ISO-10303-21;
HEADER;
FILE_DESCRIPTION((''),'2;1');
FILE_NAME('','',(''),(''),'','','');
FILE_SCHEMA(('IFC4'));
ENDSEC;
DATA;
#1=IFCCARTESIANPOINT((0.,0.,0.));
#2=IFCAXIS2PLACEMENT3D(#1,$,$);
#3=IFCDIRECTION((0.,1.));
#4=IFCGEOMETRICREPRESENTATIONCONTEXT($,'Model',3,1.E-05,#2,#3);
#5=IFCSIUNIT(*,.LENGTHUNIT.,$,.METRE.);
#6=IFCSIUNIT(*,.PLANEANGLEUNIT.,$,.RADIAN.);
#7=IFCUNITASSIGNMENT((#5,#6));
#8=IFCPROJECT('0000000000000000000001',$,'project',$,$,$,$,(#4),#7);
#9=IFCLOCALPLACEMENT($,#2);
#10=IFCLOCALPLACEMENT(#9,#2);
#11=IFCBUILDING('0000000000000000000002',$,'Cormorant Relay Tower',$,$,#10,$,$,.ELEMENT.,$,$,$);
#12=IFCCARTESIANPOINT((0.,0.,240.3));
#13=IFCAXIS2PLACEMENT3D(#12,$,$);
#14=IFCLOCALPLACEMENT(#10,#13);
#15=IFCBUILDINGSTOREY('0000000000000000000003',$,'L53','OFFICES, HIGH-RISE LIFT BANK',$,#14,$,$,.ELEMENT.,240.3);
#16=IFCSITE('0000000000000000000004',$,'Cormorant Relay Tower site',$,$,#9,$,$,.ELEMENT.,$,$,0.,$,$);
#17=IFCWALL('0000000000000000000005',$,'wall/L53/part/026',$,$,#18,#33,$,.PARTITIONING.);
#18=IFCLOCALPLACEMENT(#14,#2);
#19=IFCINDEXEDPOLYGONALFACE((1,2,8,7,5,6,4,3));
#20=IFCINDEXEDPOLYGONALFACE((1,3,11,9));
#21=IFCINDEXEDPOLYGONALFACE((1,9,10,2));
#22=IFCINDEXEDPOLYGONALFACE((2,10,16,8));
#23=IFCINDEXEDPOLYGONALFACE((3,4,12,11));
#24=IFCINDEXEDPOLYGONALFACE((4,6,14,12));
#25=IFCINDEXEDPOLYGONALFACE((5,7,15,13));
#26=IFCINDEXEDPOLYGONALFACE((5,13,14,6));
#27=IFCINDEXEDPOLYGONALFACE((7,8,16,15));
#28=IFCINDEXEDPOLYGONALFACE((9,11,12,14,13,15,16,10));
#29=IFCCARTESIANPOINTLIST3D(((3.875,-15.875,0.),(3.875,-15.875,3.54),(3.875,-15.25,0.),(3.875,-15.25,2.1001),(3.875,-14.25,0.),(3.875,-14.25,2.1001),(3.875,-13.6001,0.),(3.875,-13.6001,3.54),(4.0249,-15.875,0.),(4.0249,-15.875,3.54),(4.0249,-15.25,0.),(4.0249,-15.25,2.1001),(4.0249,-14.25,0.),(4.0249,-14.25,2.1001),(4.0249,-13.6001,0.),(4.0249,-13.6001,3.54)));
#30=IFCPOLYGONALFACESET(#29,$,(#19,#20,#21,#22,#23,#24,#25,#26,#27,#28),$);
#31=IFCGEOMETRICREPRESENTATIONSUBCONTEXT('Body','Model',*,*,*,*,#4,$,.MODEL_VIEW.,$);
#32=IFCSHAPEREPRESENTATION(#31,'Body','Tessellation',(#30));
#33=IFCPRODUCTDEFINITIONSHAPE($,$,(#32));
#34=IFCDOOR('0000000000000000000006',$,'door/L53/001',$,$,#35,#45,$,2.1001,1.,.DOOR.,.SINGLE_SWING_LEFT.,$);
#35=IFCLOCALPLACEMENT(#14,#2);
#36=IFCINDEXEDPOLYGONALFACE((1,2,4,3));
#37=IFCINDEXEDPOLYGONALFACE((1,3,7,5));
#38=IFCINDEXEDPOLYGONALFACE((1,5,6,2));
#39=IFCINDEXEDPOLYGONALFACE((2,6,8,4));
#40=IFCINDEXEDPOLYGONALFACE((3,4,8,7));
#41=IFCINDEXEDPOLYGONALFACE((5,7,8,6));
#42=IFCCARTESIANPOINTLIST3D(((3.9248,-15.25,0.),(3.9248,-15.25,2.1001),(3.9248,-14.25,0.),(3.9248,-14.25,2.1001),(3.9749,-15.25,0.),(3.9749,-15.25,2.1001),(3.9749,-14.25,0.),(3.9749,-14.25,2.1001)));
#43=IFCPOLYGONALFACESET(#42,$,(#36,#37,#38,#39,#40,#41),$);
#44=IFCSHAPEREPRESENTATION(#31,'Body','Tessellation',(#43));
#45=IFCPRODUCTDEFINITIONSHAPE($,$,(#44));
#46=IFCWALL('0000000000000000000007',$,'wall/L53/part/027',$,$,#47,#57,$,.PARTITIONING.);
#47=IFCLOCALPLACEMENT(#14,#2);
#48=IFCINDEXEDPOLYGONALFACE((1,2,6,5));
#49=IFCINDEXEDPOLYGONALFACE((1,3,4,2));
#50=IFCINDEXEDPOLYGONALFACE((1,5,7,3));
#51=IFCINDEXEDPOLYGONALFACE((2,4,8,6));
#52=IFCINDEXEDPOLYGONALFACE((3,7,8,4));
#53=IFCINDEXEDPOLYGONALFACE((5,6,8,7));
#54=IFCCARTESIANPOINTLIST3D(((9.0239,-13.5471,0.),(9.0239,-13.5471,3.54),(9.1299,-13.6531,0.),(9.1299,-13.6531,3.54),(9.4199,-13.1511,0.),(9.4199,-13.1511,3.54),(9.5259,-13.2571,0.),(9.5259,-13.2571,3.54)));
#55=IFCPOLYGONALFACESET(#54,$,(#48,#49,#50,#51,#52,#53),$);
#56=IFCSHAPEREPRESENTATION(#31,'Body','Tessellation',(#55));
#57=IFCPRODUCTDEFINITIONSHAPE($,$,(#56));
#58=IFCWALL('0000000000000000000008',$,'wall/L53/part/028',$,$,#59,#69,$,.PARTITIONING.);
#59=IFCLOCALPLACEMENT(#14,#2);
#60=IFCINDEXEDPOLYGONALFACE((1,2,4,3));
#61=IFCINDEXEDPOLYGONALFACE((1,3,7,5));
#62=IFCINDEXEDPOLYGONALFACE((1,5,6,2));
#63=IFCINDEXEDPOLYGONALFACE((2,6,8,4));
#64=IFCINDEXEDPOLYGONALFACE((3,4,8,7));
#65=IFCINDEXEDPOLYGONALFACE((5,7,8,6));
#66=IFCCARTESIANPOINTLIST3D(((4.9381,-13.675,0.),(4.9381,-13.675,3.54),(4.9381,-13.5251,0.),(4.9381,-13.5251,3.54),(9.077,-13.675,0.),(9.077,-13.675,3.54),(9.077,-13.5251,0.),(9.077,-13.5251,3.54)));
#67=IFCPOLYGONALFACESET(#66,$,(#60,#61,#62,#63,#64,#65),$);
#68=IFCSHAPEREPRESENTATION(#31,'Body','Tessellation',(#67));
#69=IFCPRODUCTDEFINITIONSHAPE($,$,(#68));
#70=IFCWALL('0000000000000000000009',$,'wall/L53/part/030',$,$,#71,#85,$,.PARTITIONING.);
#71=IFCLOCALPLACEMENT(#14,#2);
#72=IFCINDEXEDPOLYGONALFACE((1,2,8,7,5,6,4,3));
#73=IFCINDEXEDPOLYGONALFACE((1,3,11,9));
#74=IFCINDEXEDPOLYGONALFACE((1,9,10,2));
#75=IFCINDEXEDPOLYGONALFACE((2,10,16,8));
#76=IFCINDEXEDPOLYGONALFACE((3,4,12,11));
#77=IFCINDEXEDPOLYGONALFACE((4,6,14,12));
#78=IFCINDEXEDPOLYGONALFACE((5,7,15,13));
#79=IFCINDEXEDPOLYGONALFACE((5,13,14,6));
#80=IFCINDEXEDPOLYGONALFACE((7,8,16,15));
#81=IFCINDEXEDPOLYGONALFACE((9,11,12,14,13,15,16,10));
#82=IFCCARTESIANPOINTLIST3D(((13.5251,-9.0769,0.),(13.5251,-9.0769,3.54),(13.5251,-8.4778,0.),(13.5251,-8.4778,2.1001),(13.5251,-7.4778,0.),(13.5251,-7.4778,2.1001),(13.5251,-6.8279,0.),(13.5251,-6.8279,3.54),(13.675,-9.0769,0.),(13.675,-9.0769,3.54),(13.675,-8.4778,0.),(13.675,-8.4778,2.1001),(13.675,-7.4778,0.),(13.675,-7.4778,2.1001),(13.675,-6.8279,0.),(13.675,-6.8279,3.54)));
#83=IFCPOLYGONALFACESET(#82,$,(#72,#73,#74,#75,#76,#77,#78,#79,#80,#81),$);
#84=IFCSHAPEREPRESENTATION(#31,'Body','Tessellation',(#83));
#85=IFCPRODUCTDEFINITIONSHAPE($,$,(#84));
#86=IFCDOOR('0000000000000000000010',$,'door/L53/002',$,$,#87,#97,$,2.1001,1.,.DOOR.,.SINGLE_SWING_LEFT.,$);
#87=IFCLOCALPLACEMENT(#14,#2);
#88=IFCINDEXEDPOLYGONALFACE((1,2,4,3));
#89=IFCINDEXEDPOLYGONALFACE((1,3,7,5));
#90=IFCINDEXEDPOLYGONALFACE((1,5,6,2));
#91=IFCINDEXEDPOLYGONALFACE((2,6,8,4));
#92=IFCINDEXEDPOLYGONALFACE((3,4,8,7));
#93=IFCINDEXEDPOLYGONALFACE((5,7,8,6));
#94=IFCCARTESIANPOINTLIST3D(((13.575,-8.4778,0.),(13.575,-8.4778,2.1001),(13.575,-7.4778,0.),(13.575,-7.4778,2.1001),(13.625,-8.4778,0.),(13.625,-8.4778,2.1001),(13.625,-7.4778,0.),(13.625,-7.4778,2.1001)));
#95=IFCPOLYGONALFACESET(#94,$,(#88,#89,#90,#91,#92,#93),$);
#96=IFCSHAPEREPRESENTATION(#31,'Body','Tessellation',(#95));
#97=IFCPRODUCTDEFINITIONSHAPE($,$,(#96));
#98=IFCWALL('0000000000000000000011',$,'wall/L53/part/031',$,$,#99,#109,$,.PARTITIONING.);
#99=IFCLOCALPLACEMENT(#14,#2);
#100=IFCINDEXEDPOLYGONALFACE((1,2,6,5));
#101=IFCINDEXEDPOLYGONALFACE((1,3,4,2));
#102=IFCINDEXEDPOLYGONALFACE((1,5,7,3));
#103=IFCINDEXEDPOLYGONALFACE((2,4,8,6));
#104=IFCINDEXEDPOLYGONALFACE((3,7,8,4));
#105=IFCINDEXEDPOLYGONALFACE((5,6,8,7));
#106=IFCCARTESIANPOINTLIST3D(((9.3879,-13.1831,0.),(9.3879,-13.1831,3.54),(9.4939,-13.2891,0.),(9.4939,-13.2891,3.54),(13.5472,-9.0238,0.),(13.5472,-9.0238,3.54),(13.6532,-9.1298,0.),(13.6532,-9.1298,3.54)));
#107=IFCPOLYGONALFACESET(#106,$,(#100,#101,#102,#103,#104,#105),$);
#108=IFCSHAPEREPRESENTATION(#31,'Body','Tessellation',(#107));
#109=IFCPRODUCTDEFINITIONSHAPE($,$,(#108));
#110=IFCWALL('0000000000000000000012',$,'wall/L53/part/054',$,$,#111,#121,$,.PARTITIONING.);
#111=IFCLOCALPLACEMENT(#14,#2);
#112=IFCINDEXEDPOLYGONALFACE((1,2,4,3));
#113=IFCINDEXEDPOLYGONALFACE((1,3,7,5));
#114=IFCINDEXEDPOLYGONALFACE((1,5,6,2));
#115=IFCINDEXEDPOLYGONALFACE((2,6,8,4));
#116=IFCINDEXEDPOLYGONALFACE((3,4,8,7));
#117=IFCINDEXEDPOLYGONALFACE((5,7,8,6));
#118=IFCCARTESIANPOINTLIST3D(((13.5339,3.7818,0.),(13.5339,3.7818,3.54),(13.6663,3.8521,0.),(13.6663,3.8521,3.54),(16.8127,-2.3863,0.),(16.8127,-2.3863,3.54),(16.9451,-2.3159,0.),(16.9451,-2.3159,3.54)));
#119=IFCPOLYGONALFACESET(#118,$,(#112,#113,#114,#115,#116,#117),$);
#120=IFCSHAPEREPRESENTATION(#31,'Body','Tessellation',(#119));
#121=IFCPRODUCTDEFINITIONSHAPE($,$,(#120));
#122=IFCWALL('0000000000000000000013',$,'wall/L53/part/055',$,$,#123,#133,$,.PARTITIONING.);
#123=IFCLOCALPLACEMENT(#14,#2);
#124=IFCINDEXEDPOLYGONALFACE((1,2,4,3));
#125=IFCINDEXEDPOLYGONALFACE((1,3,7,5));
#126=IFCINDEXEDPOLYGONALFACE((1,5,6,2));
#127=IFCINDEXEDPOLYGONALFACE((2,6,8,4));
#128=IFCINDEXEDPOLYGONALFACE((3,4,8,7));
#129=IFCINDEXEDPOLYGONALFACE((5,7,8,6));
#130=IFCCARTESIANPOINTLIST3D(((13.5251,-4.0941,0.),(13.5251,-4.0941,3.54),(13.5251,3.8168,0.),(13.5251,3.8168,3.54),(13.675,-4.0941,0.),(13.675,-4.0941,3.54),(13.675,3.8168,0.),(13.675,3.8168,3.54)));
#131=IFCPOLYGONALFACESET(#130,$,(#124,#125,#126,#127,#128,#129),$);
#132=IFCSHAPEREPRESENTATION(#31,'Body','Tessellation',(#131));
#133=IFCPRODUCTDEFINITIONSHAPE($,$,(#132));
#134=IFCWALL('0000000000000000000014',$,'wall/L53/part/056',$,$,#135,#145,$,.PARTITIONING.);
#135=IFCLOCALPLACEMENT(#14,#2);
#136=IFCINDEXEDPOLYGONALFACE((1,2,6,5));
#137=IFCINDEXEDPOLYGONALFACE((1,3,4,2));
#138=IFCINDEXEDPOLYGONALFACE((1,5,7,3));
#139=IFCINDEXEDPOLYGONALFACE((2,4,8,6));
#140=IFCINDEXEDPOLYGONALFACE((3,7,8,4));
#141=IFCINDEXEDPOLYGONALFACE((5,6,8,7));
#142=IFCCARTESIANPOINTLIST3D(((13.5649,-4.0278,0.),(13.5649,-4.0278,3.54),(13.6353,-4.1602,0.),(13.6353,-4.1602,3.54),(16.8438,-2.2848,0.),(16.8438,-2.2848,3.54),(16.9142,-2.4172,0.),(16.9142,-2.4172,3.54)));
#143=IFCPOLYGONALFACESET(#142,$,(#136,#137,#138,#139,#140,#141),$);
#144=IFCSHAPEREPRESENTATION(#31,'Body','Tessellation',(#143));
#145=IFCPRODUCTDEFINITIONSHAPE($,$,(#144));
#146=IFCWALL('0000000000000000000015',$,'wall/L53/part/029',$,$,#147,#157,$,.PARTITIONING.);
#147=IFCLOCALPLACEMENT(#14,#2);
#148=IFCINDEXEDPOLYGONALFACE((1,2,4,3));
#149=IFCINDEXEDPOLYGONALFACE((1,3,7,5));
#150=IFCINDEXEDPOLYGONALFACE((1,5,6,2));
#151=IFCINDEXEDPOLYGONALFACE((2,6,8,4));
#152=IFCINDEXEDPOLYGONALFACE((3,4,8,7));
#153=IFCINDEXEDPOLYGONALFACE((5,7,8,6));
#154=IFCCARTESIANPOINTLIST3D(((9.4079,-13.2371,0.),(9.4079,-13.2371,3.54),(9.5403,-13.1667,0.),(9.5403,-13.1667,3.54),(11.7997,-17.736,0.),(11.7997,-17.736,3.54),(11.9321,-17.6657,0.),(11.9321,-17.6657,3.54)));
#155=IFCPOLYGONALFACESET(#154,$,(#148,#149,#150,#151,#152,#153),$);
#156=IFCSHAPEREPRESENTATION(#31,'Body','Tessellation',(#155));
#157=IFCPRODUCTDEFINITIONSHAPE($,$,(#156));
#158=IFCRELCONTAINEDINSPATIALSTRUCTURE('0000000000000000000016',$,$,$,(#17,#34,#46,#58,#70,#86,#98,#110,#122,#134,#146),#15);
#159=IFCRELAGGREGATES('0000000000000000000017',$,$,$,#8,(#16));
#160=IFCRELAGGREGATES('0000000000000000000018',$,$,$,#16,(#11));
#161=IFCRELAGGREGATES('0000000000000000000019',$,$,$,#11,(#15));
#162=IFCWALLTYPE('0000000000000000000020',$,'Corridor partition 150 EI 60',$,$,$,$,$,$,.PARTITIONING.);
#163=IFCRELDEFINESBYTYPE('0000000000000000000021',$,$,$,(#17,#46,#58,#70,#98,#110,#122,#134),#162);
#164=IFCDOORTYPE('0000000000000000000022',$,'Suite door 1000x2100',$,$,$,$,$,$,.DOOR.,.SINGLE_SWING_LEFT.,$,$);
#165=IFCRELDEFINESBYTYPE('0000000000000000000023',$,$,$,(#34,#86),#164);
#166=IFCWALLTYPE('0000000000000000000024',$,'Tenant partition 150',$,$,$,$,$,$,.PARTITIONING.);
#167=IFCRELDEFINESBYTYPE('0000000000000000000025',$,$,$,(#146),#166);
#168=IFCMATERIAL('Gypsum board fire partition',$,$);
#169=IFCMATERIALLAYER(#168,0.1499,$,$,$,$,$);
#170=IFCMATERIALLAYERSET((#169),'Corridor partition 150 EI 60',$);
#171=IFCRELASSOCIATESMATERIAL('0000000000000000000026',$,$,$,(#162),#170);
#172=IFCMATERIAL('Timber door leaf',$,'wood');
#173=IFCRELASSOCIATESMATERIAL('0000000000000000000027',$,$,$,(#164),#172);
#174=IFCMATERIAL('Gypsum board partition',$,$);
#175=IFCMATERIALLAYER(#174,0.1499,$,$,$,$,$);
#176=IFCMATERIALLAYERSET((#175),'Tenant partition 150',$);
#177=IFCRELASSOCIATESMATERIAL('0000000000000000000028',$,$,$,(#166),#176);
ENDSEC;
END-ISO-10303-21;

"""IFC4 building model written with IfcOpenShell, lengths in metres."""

from ifc_helpers import new_model, si_unit, direction, frame, frame_2d, origin, place, context, subcontext, project, spatial, rectangle, extrude, material, layer, layer_set, type_object, element, fill, save


model = new_model("IFC4")

# Units and contexts
model_context = context("Model", 3, precision=1e-05, world=origin(), true_north=direction((0.0, 1.0)))
body_context = subcontext(model_context, "Body", "Model", "MODEL_VIEW")
ifc_project = project(units=[si_unit("LENGTHUNIT", "METRE"), si_unit("PLANEANGLEUNIT", "RADIAN")], contexts=[model_context])

# Site, building, storey
site_placement = place(None, origin())
site = spatial("IfcSite", under=ifc_project, at=site_placement, Name="Cormorant Relay Tower site", CompositionType="ELEMENT", RefElevation=0.0)
building_placement = place(site_placement, origin())
building = spatial("IfcBuilding", under=site, at=building_placement, Name="Cormorant Relay Tower", CompositionType="ELEMENT")
storey_placement = place(building_placement, frame((0.0, 0.0, 240.3)))
storey = spatial("IfcBuildingStorey", under=building, at=storey_placement, Name="L53", Description="OFFICES, HIGH-RISE LIFT BANK", CompositionType="ELEMENT", Elevation=240.3)

# Shared definitions
ifc_material_1 = material(Name="Gypsum board fire partition")
ifc_layer_1 = layer(ifc_material_1, 0.1499)
ifc_layer_set_1 = layer_set([ifc_layer_1], Name="Corridor partition 150 EI 60")
wall_type_1 = type_object("IfcWallType", Name="Corridor partition 150 EI 60", PredefinedType="PARTITIONING", material=ifc_layer_set_1)

# Wall, opening, door
wall_1_placement = place(storey_placement, frame((3.95, -13.6001, 0.0), z_axis=(0.0, 0.0, 1.0), x_axis=(0.0, -1.0, 0.0)))
wall_1 = element("IfcWall", 1, at=wall_1_placement, inside=storey, type_object=wall_type_1, Name="wall/L53/part/026", PredefinedType="PARTITIONING", context=body_context, shape_type="SweptSolid", body=[
    extrude(rectangle(XDim=2.2749, YDim=0.1499, at=frame_2d((1.1375, 0.0))), origin(), (0.0, 0.0, 1.0), 3.54),
])
opening_1_placement = place(wall_1_placement, frame((0.6499, 0.0, 0.0)))
opening_1 = element("IfcOpeningElement", 2, at=opening_1_placement, cuts=wall_1, PredefinedType="OPENING", context=body_context, shape_type="SweptSolid", body=[
    extrude(rectangle(XDim=1.0, YDim=2.1001, at=frame_2d((0.5, 1.05))), frame((0.0, 0.085, 0.0), z_axis=(0.0, -1.0, 0.0), x_axis=(1.0, 0.0, 0.0)), (0.0, 0.0, 1.0), 0.1699),
])
ifc_material_2 = material(Name="Timber door leaf", Category="wood")
door_type = type_object("IfcDoorType", Name="Suite door 1000x2100", OperationType="SINGLE_SWING_LEFT", PredefinedType="DOOR", material=ifc_material_2)
door_1_placement = place(opening_1_placement, origin())
door_1 = element("IfcDoor", 3, at=door_1_placement, inside=storey, type_object=door_type, Name="door/L53/001", OperationType="SINGLE_SWING_LEFT", OverallHeight=2.1001, OverallWidth=1.0, PredefinedType="DOOR", context=body_context, shape_type="SweptSolid", body=[
    extrude(rectangle(XDim=1.0, YDim=2.1001, at=frame_2d((0.5, 1.05))), frame((0.0, 0.0249, 0.0), z_axis=(0.0, -1.0, 0.0), x_axis=(1.0, 0.0, 0.0)), (0.0, 0.0, 1.0), 0.05),
])
fill(opening_1, door_1)

# Walls
wall_2_placement = place(storey_placement, frame((9.4729, -13.2041, 0.0), z_axis=(0.0, 0.0, 1.0), x_axis=(-0.707107, -0.707107, 0.0)))
element("IfcWall", 4, at=wall_2_placement, inside=storey, type_object=wall_type_1, Name="wall/L53/part/027", PredefinedType="PARTITIONING", context=body_context, shape_type="SweptSolid", body=[
    extrude(rectangle(XDim=0.5601, YDim=0.1499, at=frame_2d((0.28, 0.0))), origin(), (0.0, 0.0, 1.0), 3.54),
])
wall_3_placement = place(storey_placement, frame((9.0769, -13.6001, 0.0), z_axis=(0.0, 0.0, 1.0), x_axis=(-1.0, 0.0, 0.0)))
element("IfcWall", 5, at=wall_3_placement, inside=storey, type_object=wall_type_1, Name="wall/L53/part/028", PredefinedType="PARTITIONING", context=body_context, shape_type="SweptSolid", body=[
    extrude(rectangle(XDim=4.1389, YDim=0.1499, at=frame_2d((2.0693, 0.0))), origin(), (0.0, 0.0, 1.0), 3.54),
])

# Wall, opening, door
wall_4_placement = place(storey_placement, frame((13.6001, -6.8279, 0.0), z_axis=(0.0, 0.0, 1.0), x_axis=(0.0, -1.0, 0.0)))
wall_4 = element("IfcWall", 6, at=wall_4_placement, inside=storey, type_object=wall_type_1, Name="wall/L53/part/030", PredefinedType="PARTITIONING", context=body_context, shape_type="SweptSolid", body=[
    extrude(rectangle(XDim=2.249, YDim=0.1499, at=frame_2d((1.1245, 0.0))), origin(), (0.0, 0.0, 1.0), 3.54),
])
opening_2_placement = place(wall_4_placement, frame((0.6499, 0.0, 0.0)))
opening_2 = element("IfcOpeningElement", 7, at=opening_2_placement, cuts=wall_4, PredefinedType="OPENING", context=body_context, shape_type="SweptSolid", body=[
    extrude(rectangle(XDim=1.0, YDim=2.1001, at=frame_2d((0.5, 1.05))), frame((0.0, 0.085, 0.0), z_axis=(0.0, -1.0, 0.0), x_axis=(1.0, 0.0, 0.0)), (0.0, 0.0, 1.0), 0.1699),
])
door_2_placement = place(opening_2_placement, origin())
door_2 = element("IfcDoor", 8, at=door_2_placement, inside=storey, type_object=door_type, Name="door/L53/002", OperationType="SINGLE_SWING_LEFT", OverallHeight=2.1001, OverallWidth=1.0, PredefinedType="DOOR", context=body_context, shape_type="SweptSolid", body=[
    extrude(rectangle(XDim=1.0, YDim=2.1001, at=frame_2d((0.5, 1.05))), frame((0.0, 0.0249, 0.0), z_axis=(0.0, -1.0, 0.0), x_axis=(1.0, 0.0, 0.0)), (0.0, 0.0, 1.0), 0.05),
])
fill(opening_2, door_2)

# Walls
wall_5_placement = place(storey_placement, frame((13.6001, -9.0769, 0.0), z_axis=(0.0, 0.0, 1.0), x_axis=(-0.707107, -0.707107, 0.0)))
element("IfcWall", 9, at=wall_5_placement, inside=storey, type_object=wall_type_1, Name="wall/L53/part/031", PredefinedType="PARTITIONING", context=body_context, shape_type="SweptSolid", body=[
    extrude(rectangle(XDim=5.8821, YDim=0.1499, at=frame_2d((2.9409, 0.0))), origin(), (0.0, 0.0, 1.0), 3.54),
])
wall_6_placement = place(storey_placement, frame((16.8789, -2.3511, 0.0), z_axis=(0.0, 0.0, 1.0), x_axis=(-0.469387, 0.882993, 0.0)))
element("IfcWall", 10, at=wall_6_placement, inside=storey, type_object=wall_type_1, Name="wall/L53/part/054", PredefinedType="PARTITIONING", context=body_context, shape_type="SweptSolid", body=[
    extrude(rectangle(XDim=6.9854, YDim=0.1499, at=frame_2d((3.4927, 0.0))), origin(), (0.0, 0.0, 1.0), 3.54),
])
wall_7_placement = place(storey_placement, frame((13.6001, 3.8169, 0.0), z_axis=(0.0, 0.0, 1.0), x_axis=(0.0, -1.0, 0.0)))
element("IfcWall", 11, at=wall_7_placement, inside=storey, type_object=wall_type_1, Name="wall/L53/part/055", PredefinedType="PARTITIONING", context=body_context, shape_type="SweptSolid", body=[
    extrude(rectangle(XDim=7.9109, YDim=0.1499, at=frame_2d((3.9556, 0.0))), origin(), (0.0, 0.0, 1.0), 3.54),
])
wall_8_placement = place(storey_placement, frame((13.6001, -4.094, 0.0), z_axis=(0.0, 0.0, 1.0), x_axis=(0.882998, 0.469376, 0.0)))
element("IfcWall", 12, at=wall_8_placement, inside=storey, type_object=wall_type_1, Name="wall/L53/part/056", PredefinedType="PARTITIONING", context=body_context, shape_type="SweptSolid", body=[
    extrude(rectangle(XDim=3.7134, YDim=0.1499, at=frame_2d((1.8567, 0.0))), origin(), (0.0, 0.0, 1.0), 3.54),
])
ifc_material_3 = material(Name="Gypsum board partition")
ifc_layer_2 = layer(ifc_material_3, 0.1499)
ifc_layer_set_2 = layer_set([ifc_layer_2], Name="Tenant partition 150")
wall_type_2 = type_object("IfcWallType", Name="Tenant partition 150", PredefinedType="PARTITIONING", material=ifc_layer_set_2)
wall_9_placement = place(storey_placement, frame((9.4741, -13.2019, 0.0), z_axis=(0.0, 0.0, 1.0), x_axis=(0.469421, -0.882974, 0.0)))
element("IfcWall", 13, at=wall_9_placement, inside=storey, type_object=wall_type_2, Name="wall/L53/part/029", PredefinedType="PARTITIONING", context=body_context, shape_type="SweptSolid", body=[
    extrude(rectangle(XDim=5.0952, YDim=0.1499, at=frame_2d((2.5476, 0.0))), origin(), (0.0, 0.0, 1.0), 3.54),
])

save(model, "model.ifc")
